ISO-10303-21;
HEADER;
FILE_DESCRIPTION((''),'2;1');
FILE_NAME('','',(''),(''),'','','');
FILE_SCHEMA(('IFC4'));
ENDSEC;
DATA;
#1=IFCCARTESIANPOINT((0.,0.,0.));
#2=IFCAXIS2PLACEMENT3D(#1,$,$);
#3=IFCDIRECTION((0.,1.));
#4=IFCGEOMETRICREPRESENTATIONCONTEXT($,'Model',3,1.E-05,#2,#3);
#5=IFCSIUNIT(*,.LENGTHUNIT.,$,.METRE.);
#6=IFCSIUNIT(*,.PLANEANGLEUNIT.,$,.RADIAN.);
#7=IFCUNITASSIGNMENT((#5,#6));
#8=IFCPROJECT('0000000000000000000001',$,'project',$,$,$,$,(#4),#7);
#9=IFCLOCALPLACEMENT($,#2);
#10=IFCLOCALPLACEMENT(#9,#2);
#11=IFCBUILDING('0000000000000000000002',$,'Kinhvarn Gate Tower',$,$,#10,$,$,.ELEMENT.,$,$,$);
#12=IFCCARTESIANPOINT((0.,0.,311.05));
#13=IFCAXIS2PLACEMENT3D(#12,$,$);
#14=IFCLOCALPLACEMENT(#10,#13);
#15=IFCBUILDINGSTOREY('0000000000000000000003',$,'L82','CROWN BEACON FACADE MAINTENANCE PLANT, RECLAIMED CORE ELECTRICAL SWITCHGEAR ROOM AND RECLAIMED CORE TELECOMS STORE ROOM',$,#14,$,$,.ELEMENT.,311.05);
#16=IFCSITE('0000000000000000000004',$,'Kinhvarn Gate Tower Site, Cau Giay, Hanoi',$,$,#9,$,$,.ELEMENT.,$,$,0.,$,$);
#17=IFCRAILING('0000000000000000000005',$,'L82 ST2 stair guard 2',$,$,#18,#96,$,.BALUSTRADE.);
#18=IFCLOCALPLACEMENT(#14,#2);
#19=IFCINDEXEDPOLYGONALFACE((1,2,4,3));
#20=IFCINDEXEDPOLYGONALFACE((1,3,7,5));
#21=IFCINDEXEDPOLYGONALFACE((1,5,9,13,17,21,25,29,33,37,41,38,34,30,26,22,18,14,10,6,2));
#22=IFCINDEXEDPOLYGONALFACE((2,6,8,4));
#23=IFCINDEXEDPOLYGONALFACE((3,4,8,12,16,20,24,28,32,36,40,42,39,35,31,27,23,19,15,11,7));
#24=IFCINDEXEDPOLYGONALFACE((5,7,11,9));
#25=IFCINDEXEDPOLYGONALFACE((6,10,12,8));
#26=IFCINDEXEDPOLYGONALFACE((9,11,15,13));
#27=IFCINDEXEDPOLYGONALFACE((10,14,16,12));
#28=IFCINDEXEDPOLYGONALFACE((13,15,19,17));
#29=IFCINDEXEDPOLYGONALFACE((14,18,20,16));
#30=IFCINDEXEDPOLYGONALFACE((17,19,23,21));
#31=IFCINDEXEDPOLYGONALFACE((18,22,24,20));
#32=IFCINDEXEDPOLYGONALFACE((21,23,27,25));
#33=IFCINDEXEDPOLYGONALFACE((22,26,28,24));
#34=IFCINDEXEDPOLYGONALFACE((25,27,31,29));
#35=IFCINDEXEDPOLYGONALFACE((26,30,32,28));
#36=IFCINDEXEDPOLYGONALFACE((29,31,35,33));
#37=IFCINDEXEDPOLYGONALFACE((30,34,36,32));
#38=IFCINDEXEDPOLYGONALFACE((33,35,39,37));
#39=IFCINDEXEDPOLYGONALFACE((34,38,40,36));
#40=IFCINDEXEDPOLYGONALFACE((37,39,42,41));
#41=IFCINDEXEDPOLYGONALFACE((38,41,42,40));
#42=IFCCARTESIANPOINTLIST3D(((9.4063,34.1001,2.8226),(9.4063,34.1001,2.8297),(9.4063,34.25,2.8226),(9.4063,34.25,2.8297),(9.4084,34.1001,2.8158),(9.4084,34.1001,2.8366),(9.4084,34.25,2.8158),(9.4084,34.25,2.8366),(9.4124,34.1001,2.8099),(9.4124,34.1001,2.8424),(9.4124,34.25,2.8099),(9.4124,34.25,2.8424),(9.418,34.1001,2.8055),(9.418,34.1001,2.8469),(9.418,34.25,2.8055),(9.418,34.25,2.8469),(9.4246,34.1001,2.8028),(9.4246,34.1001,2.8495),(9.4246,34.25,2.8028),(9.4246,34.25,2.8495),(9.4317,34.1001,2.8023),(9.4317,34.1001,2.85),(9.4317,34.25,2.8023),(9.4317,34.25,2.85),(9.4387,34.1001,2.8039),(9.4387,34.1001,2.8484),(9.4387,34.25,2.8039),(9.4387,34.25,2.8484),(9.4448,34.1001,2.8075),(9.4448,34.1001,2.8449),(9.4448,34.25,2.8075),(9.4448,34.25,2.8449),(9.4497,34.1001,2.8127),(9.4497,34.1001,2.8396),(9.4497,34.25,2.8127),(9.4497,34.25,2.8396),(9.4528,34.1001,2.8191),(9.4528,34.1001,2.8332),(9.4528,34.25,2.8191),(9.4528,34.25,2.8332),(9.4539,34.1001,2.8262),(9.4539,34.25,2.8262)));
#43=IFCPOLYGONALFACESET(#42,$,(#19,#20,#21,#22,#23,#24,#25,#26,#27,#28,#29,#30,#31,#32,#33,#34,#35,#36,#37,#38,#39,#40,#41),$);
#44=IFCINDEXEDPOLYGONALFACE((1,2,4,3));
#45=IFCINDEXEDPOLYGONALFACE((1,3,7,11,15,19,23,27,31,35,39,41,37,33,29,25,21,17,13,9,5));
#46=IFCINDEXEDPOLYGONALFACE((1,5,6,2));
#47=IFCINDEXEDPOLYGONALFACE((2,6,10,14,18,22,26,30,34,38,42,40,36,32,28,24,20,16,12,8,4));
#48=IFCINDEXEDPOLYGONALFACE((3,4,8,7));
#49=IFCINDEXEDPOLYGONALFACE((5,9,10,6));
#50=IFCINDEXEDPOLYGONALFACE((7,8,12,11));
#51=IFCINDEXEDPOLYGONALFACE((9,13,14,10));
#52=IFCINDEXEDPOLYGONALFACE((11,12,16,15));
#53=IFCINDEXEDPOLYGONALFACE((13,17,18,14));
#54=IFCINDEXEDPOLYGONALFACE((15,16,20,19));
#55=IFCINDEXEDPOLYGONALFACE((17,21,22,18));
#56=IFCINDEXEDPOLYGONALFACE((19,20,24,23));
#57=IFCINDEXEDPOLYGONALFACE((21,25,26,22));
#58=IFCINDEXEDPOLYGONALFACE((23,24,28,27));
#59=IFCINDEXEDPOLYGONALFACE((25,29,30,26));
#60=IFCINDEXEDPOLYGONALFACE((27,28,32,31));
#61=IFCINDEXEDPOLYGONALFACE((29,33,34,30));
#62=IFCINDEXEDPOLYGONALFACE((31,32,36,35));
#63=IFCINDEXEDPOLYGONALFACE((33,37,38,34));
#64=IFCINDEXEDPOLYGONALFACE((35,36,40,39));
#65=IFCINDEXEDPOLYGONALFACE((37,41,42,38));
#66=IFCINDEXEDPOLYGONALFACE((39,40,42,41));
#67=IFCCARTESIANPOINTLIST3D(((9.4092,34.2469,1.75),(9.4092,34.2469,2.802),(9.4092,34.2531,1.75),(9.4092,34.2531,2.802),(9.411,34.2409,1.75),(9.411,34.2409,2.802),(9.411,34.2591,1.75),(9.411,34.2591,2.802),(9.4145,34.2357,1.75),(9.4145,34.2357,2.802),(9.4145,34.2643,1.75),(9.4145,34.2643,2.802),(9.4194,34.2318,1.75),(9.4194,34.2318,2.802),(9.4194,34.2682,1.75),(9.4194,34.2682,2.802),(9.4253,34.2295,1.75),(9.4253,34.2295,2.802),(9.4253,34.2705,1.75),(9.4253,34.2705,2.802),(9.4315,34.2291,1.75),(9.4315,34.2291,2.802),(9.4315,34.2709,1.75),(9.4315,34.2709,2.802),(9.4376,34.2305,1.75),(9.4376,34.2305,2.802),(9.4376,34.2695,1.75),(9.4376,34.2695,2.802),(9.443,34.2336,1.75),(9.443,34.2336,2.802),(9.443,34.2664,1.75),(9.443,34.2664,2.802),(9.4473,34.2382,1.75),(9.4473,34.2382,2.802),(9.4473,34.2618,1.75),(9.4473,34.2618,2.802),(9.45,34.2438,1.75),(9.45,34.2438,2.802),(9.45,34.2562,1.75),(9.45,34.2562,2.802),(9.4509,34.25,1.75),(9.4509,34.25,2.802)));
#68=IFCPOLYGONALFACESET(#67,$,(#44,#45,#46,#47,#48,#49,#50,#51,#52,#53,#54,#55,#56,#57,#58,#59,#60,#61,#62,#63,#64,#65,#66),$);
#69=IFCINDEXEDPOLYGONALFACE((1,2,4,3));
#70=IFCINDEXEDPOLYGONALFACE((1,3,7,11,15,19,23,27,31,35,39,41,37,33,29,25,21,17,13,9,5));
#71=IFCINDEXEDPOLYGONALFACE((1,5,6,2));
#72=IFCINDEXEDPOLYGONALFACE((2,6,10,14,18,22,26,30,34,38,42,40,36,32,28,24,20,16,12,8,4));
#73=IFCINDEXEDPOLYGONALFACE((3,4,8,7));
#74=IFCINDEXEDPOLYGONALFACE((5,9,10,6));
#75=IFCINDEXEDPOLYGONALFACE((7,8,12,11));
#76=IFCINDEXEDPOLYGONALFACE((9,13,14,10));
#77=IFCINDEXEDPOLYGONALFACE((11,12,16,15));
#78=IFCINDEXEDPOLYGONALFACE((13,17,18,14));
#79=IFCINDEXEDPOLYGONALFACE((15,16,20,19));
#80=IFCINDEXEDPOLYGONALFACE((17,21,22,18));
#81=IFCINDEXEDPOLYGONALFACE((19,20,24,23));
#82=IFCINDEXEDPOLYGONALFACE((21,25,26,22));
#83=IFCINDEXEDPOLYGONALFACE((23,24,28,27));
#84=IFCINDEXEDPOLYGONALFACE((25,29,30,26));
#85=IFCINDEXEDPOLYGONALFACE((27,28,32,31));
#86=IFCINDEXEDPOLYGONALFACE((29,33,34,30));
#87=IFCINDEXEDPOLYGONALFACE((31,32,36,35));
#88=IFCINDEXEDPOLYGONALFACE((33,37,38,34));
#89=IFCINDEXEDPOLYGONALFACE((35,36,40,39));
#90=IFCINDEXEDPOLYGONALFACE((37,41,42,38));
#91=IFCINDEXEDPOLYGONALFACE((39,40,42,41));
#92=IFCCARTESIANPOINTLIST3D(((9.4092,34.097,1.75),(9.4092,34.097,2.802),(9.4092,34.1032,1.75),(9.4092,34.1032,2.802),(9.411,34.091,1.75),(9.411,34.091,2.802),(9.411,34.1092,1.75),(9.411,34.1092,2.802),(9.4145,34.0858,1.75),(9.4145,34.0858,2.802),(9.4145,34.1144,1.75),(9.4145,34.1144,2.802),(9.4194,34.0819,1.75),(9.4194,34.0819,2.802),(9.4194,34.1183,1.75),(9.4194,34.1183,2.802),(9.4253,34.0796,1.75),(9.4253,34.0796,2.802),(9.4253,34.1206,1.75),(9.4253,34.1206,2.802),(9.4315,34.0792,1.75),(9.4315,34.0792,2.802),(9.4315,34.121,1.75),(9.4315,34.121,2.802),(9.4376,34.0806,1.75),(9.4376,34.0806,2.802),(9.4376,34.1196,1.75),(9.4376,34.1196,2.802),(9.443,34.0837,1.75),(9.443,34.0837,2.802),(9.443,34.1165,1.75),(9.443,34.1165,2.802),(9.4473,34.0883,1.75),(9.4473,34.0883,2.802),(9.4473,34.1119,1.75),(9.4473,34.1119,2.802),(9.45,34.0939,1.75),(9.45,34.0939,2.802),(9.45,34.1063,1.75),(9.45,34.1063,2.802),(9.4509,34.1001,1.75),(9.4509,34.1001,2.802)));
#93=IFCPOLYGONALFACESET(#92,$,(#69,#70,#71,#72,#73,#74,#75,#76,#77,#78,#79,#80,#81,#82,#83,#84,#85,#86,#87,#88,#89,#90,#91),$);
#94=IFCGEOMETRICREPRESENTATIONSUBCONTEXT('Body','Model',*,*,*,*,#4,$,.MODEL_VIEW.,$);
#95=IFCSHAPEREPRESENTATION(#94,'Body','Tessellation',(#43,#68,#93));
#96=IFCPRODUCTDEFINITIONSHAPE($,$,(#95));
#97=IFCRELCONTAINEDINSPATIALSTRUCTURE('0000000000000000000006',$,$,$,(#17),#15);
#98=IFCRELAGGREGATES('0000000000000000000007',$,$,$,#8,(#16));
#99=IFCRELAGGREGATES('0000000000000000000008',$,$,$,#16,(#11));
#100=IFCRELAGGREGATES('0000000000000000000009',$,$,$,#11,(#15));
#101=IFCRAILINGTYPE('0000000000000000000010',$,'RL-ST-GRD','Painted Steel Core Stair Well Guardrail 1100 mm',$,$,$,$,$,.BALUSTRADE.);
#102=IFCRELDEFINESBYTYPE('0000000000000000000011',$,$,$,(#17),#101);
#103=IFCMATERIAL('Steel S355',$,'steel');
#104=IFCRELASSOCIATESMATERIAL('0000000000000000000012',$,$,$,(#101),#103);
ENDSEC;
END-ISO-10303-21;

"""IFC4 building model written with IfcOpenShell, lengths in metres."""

from ifc_helpers import new_model, si_unit, direction, frame, origin, origin_2d, place, context, subcontext, project, spatial, circle, extrude, material, type_object, element, save


model = new_model("IFC4")

# Units and contexts
model_context = context("Model", 3, precision=1e-05, world=origin(), true_north=direction((0.0, 1.0)))
body_context = subcontext(model_context, "Body", "Model", "MODEL_VIEW")
ifc_project = project(units=[si_unit("LENGTHUNIT", "METRE"), si_unit("PLANEANGLEUNIT", "RADIAN")], contexts=[model_context])

# Site, building, storey
site_placement = place(None, origin())
site = spatial("IfcSite", under=ifc_project, at=site_placement, Name="Kinhvarn Gate Tower Site, Cau Giay, Hanoi", CompositionType="ELEMENT", RefElevation=0.0)
building_placement = place(site_placement, origin())
building = spatial("IfcBuilding", under=site, at=building_placement, Name="Kinhvarn Gate Tower", CompositionType="ELEMENT")
storey_placement = place(building_placement, frame((0.0, 0.0, 311.05)))
storey = spatial("IfcBuildingStorey", under=building, at=storey_placement, Name="L82", Description="CROWN BEACON FACADE MAINTENANCE PLANT, RECLAIMED CORE ELECTRICAL SWITCHGEAR ROOM AND RECLAIMED CORE TELECOMS STORE ROOM", CompositionType="ELEMENT", Elevation=311.05)

# Railing
ifc_material_1 = material(Name="Steel S355", Category="steel")
railing_type_1 = type_object("IfcRailingType", Name="RL-ST-GRD", Description="Painted Steel Core Stair Well Guardrail 1100 mm", PredefinedType="BALUSTRADE", material=ifc_material_1)
railing_1_placement = place(storey_placement, frame((9.4299, 34.25, 1.75)))
element("IfcRailing", 1, at=railing_1_placement, inside=storey, type_object=railing_type_1, Name="L82 ST2 stair guard 2", PredefinedType="BALUSTRADE", context=body_context, shape_type="SweptSolid", body=[
    extrude(circle(Radius=0.0239, at=origin_2d()), frame((0.0, 0.0, 1.0762), z_axis=(0.0, -1.0, 0.0), x_axis=(1.0, 0.0, 0.0)), (0.0, 0.0, 1.0), 0.1499),
    extrude(circle(Radius=0.021, at=origin_2d()), origin(), (0.0, 0.0, 1.0), 1.052),
    extrude(circle(Radius=0.021, at=origin_2d()), frame((0.0, -0.1499, 0.0)), (0.0, 0.0, 1.0), 1.052),
])

save(model, "model.ifc")
